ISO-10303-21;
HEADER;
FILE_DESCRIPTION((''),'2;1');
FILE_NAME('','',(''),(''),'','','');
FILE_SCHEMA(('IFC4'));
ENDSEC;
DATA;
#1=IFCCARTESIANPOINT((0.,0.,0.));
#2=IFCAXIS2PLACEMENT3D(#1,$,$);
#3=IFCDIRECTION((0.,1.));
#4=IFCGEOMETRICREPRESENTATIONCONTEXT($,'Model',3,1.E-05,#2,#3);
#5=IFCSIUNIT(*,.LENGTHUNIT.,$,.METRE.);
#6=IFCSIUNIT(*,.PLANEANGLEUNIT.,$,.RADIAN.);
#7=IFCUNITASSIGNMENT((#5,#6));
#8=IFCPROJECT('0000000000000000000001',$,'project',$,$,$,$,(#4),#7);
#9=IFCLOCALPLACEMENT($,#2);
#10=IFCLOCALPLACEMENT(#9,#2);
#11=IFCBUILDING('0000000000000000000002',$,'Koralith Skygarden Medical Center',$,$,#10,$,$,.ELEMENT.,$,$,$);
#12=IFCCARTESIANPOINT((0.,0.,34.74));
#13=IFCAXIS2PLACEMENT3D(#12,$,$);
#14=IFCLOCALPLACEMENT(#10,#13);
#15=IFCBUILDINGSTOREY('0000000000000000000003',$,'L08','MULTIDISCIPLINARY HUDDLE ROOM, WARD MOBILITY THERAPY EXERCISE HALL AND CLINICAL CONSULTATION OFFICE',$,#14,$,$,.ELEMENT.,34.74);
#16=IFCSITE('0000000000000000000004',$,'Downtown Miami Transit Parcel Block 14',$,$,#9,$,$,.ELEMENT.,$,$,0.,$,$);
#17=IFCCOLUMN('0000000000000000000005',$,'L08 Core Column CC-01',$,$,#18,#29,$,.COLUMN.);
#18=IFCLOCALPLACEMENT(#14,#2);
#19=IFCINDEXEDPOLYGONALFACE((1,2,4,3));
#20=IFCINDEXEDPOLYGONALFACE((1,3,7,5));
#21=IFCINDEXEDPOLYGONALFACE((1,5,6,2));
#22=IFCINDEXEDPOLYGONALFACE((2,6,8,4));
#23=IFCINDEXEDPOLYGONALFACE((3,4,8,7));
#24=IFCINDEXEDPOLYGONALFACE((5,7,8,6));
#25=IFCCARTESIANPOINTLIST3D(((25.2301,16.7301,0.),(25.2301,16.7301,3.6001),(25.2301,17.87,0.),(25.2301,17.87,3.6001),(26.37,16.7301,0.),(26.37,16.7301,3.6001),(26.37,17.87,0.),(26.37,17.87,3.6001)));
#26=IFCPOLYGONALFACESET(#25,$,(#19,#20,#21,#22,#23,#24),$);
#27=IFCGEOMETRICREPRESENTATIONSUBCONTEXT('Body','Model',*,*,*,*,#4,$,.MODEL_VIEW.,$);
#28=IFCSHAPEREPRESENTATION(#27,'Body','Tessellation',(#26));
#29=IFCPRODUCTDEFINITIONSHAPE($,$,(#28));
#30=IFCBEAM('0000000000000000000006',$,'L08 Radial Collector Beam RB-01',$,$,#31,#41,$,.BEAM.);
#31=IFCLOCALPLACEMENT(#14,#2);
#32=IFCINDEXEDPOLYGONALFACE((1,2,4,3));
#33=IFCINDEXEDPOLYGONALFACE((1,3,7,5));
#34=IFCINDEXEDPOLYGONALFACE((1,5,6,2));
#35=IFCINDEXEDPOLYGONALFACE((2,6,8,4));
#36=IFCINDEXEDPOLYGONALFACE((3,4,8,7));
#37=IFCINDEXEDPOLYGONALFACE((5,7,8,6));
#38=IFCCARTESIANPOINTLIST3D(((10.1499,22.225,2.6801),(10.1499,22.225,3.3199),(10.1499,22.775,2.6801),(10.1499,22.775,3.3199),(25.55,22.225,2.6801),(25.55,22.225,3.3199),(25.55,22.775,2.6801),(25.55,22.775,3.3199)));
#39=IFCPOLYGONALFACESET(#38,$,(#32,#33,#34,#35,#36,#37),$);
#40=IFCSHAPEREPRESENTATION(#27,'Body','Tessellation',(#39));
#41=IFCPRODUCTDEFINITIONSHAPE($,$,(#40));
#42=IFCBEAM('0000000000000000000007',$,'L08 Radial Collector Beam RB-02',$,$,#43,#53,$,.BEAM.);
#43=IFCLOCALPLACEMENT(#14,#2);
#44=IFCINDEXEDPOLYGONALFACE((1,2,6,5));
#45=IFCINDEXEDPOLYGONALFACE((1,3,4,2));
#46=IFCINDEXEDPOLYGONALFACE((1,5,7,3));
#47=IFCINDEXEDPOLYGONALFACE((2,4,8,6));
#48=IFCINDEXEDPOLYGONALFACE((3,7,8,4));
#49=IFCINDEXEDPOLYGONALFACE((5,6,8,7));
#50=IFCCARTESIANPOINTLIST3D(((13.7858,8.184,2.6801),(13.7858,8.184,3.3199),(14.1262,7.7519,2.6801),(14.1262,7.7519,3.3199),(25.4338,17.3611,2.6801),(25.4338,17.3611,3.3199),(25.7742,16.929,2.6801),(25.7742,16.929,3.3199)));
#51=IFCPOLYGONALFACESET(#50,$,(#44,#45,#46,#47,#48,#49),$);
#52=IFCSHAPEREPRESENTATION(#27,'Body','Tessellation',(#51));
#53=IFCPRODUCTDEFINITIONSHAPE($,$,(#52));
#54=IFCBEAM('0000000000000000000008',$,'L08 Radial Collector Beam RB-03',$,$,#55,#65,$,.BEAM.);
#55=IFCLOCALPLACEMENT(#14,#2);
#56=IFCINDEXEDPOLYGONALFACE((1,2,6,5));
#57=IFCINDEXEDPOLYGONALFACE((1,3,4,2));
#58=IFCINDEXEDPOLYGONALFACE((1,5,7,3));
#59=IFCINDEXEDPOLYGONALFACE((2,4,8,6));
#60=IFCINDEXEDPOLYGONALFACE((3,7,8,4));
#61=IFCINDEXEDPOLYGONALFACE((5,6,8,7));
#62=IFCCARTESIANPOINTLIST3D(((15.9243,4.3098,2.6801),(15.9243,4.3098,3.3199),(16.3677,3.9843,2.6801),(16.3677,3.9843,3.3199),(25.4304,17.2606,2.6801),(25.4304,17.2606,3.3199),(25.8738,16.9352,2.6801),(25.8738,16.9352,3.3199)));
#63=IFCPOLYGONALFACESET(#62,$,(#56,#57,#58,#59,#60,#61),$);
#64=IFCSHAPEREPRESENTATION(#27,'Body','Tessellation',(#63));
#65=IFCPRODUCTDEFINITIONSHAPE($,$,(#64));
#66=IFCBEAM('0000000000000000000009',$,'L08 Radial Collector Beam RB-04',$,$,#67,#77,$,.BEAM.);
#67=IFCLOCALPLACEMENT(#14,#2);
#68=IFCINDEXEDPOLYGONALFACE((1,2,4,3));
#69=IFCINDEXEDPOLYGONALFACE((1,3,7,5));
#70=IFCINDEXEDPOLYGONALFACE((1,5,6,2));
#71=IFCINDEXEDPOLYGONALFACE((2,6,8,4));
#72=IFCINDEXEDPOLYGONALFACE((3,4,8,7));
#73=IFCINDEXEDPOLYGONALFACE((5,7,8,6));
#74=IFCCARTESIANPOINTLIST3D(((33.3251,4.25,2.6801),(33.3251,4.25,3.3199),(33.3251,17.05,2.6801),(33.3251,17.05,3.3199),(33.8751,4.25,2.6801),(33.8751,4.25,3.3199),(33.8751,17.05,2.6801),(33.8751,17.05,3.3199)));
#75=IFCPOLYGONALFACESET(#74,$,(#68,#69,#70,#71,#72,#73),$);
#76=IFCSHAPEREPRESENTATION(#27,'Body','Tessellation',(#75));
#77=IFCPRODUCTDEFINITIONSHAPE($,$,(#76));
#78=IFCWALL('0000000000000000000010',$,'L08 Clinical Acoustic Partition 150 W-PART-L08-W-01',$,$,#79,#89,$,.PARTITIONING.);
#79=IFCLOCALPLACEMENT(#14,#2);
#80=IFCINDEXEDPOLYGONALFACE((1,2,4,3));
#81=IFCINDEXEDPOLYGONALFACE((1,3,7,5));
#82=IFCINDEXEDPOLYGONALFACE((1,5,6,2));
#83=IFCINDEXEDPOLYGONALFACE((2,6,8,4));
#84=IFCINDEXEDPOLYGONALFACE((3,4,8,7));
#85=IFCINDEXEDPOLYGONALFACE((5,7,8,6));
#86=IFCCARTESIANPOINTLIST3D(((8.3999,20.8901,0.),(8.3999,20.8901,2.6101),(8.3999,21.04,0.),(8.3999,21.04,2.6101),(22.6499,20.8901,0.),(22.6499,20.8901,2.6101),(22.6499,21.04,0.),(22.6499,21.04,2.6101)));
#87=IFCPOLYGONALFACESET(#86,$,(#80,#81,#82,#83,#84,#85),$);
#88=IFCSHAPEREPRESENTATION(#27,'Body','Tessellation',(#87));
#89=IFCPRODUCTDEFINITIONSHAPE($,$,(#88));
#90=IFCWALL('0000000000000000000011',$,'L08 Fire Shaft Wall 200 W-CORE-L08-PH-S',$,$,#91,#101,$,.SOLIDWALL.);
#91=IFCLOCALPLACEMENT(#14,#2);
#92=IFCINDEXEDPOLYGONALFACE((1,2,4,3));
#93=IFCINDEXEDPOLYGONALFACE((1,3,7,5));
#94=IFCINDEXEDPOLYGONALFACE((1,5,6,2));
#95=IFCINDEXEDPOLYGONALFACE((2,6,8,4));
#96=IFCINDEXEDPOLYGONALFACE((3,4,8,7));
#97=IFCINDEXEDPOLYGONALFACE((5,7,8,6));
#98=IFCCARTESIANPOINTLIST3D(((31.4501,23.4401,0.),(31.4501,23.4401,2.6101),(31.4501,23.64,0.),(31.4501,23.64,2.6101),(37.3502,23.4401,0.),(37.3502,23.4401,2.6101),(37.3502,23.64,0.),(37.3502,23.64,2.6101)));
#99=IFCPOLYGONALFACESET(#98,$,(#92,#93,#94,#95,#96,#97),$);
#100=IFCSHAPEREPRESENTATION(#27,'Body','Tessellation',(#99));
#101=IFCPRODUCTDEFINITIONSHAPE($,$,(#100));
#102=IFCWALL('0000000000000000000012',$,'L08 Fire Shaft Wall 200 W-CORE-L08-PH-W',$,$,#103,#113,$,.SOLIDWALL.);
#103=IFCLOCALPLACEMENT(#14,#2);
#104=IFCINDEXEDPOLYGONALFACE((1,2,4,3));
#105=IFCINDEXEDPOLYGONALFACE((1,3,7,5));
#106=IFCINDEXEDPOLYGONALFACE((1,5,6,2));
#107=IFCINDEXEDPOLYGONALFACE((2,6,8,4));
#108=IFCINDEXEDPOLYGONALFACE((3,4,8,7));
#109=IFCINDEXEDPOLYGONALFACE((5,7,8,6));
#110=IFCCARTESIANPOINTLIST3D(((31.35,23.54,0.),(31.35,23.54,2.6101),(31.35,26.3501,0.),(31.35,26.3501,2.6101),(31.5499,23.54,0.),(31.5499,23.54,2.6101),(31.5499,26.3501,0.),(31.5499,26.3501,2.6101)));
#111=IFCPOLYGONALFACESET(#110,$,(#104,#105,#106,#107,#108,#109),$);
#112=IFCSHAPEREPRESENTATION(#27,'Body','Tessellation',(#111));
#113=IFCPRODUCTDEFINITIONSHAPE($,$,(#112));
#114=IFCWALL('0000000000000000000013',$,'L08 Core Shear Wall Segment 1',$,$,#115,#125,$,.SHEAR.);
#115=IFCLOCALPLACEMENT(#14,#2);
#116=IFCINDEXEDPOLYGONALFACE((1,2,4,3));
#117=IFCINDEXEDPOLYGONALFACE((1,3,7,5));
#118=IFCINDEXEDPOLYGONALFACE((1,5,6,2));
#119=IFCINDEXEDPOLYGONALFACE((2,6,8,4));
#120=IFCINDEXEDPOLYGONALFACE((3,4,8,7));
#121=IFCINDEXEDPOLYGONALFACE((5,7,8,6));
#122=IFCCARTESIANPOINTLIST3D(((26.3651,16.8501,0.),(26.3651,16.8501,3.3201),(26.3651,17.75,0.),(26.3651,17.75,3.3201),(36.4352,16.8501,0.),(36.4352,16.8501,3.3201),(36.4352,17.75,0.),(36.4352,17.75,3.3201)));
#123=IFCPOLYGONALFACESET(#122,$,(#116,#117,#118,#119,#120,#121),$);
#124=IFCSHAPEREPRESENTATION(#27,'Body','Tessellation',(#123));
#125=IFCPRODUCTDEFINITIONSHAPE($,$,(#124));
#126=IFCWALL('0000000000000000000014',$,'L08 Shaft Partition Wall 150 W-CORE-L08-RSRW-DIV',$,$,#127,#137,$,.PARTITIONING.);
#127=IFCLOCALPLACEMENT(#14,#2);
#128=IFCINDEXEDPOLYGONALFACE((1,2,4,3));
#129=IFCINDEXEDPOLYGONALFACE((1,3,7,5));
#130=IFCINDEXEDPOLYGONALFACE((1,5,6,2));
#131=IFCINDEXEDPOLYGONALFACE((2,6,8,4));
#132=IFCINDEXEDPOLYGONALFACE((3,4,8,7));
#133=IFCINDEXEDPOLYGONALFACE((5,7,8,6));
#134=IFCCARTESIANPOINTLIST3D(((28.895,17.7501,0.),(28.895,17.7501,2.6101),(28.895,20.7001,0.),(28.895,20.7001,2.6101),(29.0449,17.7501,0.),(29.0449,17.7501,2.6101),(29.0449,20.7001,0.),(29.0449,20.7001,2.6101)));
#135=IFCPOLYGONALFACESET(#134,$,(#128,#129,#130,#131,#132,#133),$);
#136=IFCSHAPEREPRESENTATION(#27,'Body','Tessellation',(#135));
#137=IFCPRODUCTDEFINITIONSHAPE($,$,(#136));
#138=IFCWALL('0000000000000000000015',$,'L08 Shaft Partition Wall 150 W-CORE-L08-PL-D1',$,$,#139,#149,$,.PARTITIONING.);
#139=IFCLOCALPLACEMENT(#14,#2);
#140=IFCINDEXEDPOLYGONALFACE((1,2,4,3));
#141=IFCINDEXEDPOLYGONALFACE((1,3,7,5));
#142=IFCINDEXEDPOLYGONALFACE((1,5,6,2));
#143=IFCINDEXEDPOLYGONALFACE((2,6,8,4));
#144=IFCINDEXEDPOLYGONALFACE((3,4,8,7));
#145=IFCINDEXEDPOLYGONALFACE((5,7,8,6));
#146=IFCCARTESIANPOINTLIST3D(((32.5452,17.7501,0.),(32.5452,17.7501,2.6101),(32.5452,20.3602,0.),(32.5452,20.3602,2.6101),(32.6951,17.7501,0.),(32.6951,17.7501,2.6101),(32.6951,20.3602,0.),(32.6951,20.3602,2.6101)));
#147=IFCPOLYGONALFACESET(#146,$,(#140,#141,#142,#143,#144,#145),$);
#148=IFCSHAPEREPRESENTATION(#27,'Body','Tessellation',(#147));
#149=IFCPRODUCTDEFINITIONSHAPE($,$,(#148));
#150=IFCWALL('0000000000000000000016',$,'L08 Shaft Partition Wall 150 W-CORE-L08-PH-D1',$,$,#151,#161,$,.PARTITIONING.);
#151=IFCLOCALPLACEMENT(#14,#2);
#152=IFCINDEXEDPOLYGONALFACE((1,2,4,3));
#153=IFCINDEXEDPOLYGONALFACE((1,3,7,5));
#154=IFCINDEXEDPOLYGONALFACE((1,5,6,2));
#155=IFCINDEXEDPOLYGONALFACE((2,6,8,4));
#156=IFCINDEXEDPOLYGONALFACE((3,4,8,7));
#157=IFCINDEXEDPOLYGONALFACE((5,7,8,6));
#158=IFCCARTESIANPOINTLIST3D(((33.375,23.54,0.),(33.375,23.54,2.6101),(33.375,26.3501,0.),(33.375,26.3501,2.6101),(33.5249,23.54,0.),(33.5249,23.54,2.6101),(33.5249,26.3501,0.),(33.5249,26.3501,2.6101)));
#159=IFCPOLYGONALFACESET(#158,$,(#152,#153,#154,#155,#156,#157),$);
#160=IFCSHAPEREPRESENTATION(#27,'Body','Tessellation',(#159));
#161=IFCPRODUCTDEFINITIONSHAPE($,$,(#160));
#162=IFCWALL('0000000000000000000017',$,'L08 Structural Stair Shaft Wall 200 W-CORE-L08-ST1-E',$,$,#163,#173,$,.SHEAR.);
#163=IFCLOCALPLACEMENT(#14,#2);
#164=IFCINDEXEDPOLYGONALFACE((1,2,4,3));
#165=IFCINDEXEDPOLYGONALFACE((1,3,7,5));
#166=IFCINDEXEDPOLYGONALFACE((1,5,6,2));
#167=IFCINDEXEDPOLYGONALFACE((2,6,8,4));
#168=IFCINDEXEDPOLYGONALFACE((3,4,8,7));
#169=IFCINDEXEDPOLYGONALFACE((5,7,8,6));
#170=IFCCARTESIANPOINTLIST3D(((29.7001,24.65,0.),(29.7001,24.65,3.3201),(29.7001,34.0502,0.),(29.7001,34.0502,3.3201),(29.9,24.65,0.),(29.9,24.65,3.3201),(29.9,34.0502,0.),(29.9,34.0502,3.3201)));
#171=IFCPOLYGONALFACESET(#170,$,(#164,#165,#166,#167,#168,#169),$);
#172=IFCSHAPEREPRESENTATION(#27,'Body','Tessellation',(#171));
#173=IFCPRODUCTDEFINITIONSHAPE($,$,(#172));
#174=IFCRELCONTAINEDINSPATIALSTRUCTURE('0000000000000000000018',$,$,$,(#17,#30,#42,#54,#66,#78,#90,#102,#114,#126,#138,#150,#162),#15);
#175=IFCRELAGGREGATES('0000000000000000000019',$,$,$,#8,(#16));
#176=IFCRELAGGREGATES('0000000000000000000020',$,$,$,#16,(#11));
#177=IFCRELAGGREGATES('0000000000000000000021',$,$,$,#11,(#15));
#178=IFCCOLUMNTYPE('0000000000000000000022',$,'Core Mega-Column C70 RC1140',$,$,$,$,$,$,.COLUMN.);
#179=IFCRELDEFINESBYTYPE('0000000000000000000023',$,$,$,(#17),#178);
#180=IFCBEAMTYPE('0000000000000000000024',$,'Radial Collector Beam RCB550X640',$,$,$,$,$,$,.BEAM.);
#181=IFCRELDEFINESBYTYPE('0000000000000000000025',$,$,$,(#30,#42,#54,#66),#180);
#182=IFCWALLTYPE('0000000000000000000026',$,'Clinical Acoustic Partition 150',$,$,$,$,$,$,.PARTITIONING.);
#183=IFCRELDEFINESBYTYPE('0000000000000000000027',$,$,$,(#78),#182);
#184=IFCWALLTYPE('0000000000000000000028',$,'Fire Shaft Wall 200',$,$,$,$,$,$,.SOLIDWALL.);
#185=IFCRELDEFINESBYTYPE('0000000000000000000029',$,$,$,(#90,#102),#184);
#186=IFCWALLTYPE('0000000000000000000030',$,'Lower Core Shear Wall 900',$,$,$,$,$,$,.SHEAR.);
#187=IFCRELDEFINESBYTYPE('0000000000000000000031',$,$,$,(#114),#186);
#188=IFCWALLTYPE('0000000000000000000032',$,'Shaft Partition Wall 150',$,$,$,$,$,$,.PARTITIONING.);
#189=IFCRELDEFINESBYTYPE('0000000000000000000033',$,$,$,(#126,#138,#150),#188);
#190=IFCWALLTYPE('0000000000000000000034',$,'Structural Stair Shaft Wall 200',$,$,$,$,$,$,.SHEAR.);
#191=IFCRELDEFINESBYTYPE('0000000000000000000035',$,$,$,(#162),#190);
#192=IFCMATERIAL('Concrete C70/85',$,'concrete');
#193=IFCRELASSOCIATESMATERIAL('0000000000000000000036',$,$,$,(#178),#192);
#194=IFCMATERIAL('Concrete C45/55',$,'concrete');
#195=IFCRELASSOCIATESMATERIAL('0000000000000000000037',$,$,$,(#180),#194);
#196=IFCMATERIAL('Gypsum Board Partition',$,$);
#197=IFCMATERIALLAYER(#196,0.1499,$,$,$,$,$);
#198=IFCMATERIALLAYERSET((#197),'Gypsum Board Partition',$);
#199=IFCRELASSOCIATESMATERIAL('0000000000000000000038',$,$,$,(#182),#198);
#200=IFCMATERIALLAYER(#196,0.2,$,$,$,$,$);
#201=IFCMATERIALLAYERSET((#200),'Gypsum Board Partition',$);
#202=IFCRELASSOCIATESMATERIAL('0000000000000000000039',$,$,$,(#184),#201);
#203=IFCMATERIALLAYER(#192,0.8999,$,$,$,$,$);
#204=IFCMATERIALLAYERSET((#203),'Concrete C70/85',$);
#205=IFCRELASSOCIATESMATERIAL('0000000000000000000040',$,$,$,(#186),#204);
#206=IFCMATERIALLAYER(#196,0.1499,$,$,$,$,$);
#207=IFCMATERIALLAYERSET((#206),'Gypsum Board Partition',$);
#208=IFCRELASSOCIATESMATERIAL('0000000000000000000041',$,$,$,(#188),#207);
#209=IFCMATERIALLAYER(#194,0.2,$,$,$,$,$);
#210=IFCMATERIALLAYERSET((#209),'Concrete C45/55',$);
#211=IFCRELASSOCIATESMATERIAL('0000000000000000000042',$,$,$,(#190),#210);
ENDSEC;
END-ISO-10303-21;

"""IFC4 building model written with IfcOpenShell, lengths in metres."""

from ifc_helpers import new_model, si_unit, direction, frame, frame_2d, origin, origin_2d, place, context, subcontext, project, spatial, rectangle, extrude, material, layer, layer_set, material_profile, profile_set, type_object, element, save


model = new_model("IFC4")

# Units and contexts
model_context = context("Model", 3, precision=1e-05, world=origin(), true_north=direction((0.0, 1.0)))
body_context = subcontext(model_context, "Body", "Model", "MODEL_VIEW")
ifc_project = project(units=[si_unit("LENGTHUNIT", "METRE"), si_unit("PLANEANGLEUNIT", "RADIAN")], contexts=[model_context])

# Site, building, storey
site_placement = place(None, origin())
site = spatial("IfcSite", under=ifc_project, at=site_placement, Name="Downtown Miami Transit Parcel Block 14", CompositionType="ELEMENT", RefElevation=0.0)
building_placement = place(site_placement, origin())
building = spatial("IfcBuilding", under=site, at=building_placement, Name="Koralith Skygarden Medical Center", CompositionType="ELEMENT")
storey_placement = place(building_placement, frame((0.0, 0.0, 34.74)))
storey = spatial("IfcBuildingStorey", under=building, at=storey_placement, Name="L08", Description="MULTIDISCIPLINARY HUDDLE ROOM, WARD MOBILITY THERAPY EXERCISE HALL AND CLINICAL CONSULTATION OFFICE", CompositionType="ELEMENT", Elevation=34.74)

# Column
ifc_material_1 = material(Name="Concrete C70/85", Category="concrete")
ifc_material_profile_1 = material_profile(ifc_material_1, rectangle(XDim=1.1399, YDim=1.1399, at=origin_2d()), Name="RC1140X1140")
ifc_profile_set_1 = profile_set([ifc_material_profile_1], Name="Concrete C70/85")
column_type = type_object("IfcColumnType", Name="Core Mega-Column C70 RC1140", PredefinedType="COLUMN", material=ifc_profile_set_1)
column_placement = place(storey_placement, frame((25.8, 17.3, 0.0), z_axis=(0.0, 0.0, 1.0), x_axis=(1.0, 0.0, 0.0)))
element("IfcColumn", 1, at=column_placement, inside=storey, type_object=column_type, Name="L08 Core Column CC-01", PredefinedType="COLUMN", context=body_context, shape_type="SweptSolid", body=[
    extrude(rectangle(XDim=1.1399, YDim=1.1399, at=origin_2d()), origin(), (0.0, 0.0, 1.0), 3.6001),
])

# Beams
ifc_material_2 = material(Name="Concrete C45/55", Category="concrete")
ifc_material_profile_2 = material_profile(ifc_material_2, rectangle(XDim=0.55, YDim=0.6399, at=origin_2d()), Name="RCB550X640")
ifc_profile_set_2 = profile_set([ifc_material_profile_2], Name="Concrete C45/55")
beam_type = type_object("IfcBeamType", Name="Radial Collector Beam RCB550X640", PredefinedType="BEAM", material=ifc_profile_set_2)
beam_1_placement = place(storey_placement, frame((25.55, 22.5, 3.0), z_axis=(-1.0, 0.0, 0.0), x_axis=(0.0, -1.0, 0.0)))
element("IfcBeam", 2, at=beam_1_placement, inside=storey, type_object=beam_type, Name="L08 Radial Collector Beam RB-01", PredefinedType="BEAM", context=body_context, shape_type="SweptSolid", body=[
    extrude(rectangle(XDim=0.55, YDim=0.6399, at=origin_2d()), origin(), (0.0, 0.0, 1.0), 15.4001),
])
beam_2_placement = place(storey_placement, frame((25.604, 17.145, 3.0), z_axis=(-0.785497, -0.618865, 0.0), x_axis=(0.618865, -0.785497, 0.0)))
element("IfcBeam", 3, at=beam_2_placement, inside=storey, type_object=beam_type, Name="L08 Radial Collector Beam RB-02", PredefinedType="BEAM", context=body_context, shape_type="SweptSolid", body=[
    extrude(rectangle(XDim=0.55, YDim=0.6399, at=origin_2d()), origin(), (0.0, 0.0, 1.0), 14.8289),
])
beam_3_placement = place(storey_placement, frame((25.6521, 17.0979, 3.0), z_axis=(-0.591718, -0.806145, 0.0), x_axis=(0.806145, -0.591718, 0.0)))
element("IfcBeam", 4, at=beam_3_placement, inside=storey, type_object=beam_type, Name="L08 Radial Collector Beam RB-03", PredefinedType="BEAM", context=body_context, shape_type="SweptSolid", body=[
    extrude(rectangle(XDim=0.55, YDim=0.6399, at=origin_2d()), origin(), (0.0, 0.0, 1.0), 16.0652),
])
beam_4_placement = place(storey_placement, frame((33.6001, 17.05, 3.0), z_axis=(0.0, -1.0, 0.0), x_axis=(1.0, 0.0, 0.0)))
element("IfcBeam", 5, at=beam_4_placement, inside=storey, type_object=beam_type, Name="L08 Radial Collector Beam RB-04", PredefinedType="BEAM", context=body_context, shape_type="SweptSolid", body=[
    extrude(rectangle(XDim=0.55, YDim=0.6399, at=origin_2d()), origin(), (0.0, 0.0, 1.0), 12.8),
])

# Wall
ifc_material_3 = material(Name="Gypsum Board Partition")
ifc_layer_1 = layer(ifc_material_3, 0.1499)
ifc_layer_set_1 = layer_set([ifc_layer_1], Name="Gypsum Board Partition")
wall_type_1 = type_object("IfcWallType", Name="Clinical Acoustic Partition 150", PredefinedType="PARTITIONING", material=ifc_layer_set_1)
wall_1_placement = place(storey_placement, frame((22.6499, 20.9651, 0.0), z_axis=(0.0, 0.0, 1.0), x_axis=(-1.0, 0.0, 0.0)))
element("IfcWall", 6, at=wall_1_placement, inside=storey, type_object=wall_type_1, Name="L08 Clinical Acoustic Partition 150 W-PART-L08-W-01", PredefinedType="PARTITIONING", context=body_context, shape_type="SweptSolid", body=[
    extrude(rectangle(XDim=14.25, YDim=0.1499, at=frame_2d((7.125, 0.0))), origin(), (0.0, 0.0, 1.0), 2.6101),
])

# Shared definitions
ifc_layer_2 = layer(ifc_material_3, 0.2)
ifc_layer_set_2 = layer_set([ifc_layer_2], Name="Gypsum Board Partition")
wall_type_2 = type_object("IfcWallType", Name="Fire Shaft Wall 200", PredefinedType="SOLIDWALL", material=ifc_layer_set_2)

# Walls
wall_2_placement = place(storey_placement, frame((31.45, 23.54, 0.0), z_axis=(0.0, 0.0, 1.0), x_axis=(1.0, 0.0, 0.0)))
element("IfcWall", 7, at=wall_2_placement, inside=storey, type_object=wall_type_2, Name="L08 Fire Shaft Wall 200 W-CORE-L08-PH-S", PredefinedType="SOLIDWALL", context=body_context, shape_type="SweptSolid", body=[
    extrude(rectangle(XDim=5.9001, YDim=0.2, at=frame_2d((2.9502, 0.0))), origin(), (0.0, 0.0, 1.0), 2.6101),
])
wall_3_placement = place(storey_placement, frame((31.45, 23.54, 0.0), z_axis=(0.0, 0.0, 1.0), x_axis=(0.0, 1.0, 0.0)))
element("IfcWall", 8, at=wall_3_placement, inside=storey, type_object=wall_type_2, Name="L08 Fire Shaft Wall 200 W-CORE-L08-PH-W", PredefinedType="SOLIDWALL", context=body_context, shape_type="SweptSolid", body=[
    extrude(rectangle(XDim=2.8101, YDim=0.2, at=frame_2d((1.405, 0.0))), origin(), (0.0, 0.0, 1.0), 2.6101),
])
ifc_layer_3 = layer(ifc_material_1, 0.8999)
ifc_layer_set_3 = layer_set([ifc_layer_3], Name="Concrete C70/85")
wall_type_3 = type_object("IfcWallType", Name="Lower Core Shear Wall 900", PredefinedType="SHEAR", material=ifc_layer_set_3)
wall_4_placement = place(storey_placement, frame((26.365, 17.3, 0.0), z_axis=(0.0, 0.0, 1.0), x_axis=(1.0, 0.0, 0.0)))
element("IfcWall", 9, at=wall_4_placement, inside=storey, type_object=wall_type_3, Name="L08 Core Shear Wall Segment 1", PredefinedType="SHEAR", context=body_context, shape_type="SweptSolid", body=[
    extrude(rectangle(XDim=10.0701, YDim=0.8999, at=frame_2d((5.0352, 0.0))), origin(), (0.0, 0.0, 1.0), 3.3201),
])
ifc_layer_4 = layer(ifc_material_3, 0.1499)
ifc_layer_set_4 = layer_set([ifc_layer_4], Name="Gypsum Board Partition")
wall_type_4 = type_object("IfcWallType", Name="Shaft Partition Wall 150", PredefinedType="PARTITIONING", material=ifc_layer_set_4)
wall_5_placement = place(storey_placement, frame((28.97, 17.75, 0.0), z_axis=(0.0, 0.0, 1.0), x_axis=(0.0, 1.0, 0.0)))
element("IfcWall", 10, at=wall_5_placement, inside=storey, type_object=wall_type_4, Name="L08 Shaft Partition Wall 150 W-CORE-L08-RSRW-DIV", PredefinedType="PARTITIONING", context=body_context, shape_type="SweptSolid", body=[
    extrude(rectangle(XDim=2.95, YDim=0.1499, at=frame_2d((1.4751, 0.0))), origin(), (0.0, 0.0, 1.0), 2.6101),
])
wall_6_placement = place(storey_placement, frame((32.6201, 17.75, 0.0), z_axis=(0.0, 0.0, 1.0), x_axis=(0.0, 1.0, 0.0)))
element("IfcWall", 11, at=wall_6_placement, inside=storey, type_object=wall_type_4, Name="L08 Shaft Partition Wall 150 W-CORE-L08-PL-D1", PredefinedType="PARTITIONING", context=body_context, shape_type="SweptSolid", body=[
    extrude(rectangle(XDim=2.6101, YDim=0.1499, at=frame_2d((1.3052, 0.0))), origin(), (0.0, 0.0, 1.0), 2.6101),
])
wall_7_placement = place(storey_placement, frame((33.45, 23.54, 0.0), z_axis=(0.0, 0.0, 1.0), x_axis=(0.0, 1.0, 0.0)))
element("IfcWall", 12, at=wall_7_placement, inside=storey, type_object=wall_type_4, Name="L08 Shaft Partition Wall 150 W-CORE-L08-PH-D1", PredefinedType="PARTITIONING", context=body_context, shape_type="SweptSolid", body=[
    extrude(rectangle(XDim=2.8101, YDim=0.1499, at=frame_2d((1.405, 0.0))), origin(), (0.0, 0.0, 1.0), 2.6101),
])
ifc_layer_5 = layer(ifc_material_2, 0.2)
ifc_layer_set_5 = layer_set([ifc_layer_5], Name="Concrete C45/55")
wall_type_5 = type_object("IfcWallType", Name="Structural Stair Shaft Wall 200", PredefinedType="SHEAR", material=ifc_layer_set_5)
wall_8_placement = place(storey_placement, frame((29.8, 24.6499, 0.0), z_axis=(0.0, 0.0, 1.0), x_axis=(0.0, 1.0, 0.0)))
element("IfcWall", 13, at=wall_8_placement, inside=storey, type_object=wall_type_5, Name="L08 Structural Stair Shaft Wall 200 W-CORE-L08-ST1-E", PredefinedType="SHEAR", context=body_context, shape_type="SweptSolid", body=[
    extrude(rectangle(XDim=9.4001, YDim=0.2, at=frame_2d((4.7002, 0.0))), origin(), (0.0, 0.0, 1.0), 3.3201),
])

save(model, "model.ifc")
